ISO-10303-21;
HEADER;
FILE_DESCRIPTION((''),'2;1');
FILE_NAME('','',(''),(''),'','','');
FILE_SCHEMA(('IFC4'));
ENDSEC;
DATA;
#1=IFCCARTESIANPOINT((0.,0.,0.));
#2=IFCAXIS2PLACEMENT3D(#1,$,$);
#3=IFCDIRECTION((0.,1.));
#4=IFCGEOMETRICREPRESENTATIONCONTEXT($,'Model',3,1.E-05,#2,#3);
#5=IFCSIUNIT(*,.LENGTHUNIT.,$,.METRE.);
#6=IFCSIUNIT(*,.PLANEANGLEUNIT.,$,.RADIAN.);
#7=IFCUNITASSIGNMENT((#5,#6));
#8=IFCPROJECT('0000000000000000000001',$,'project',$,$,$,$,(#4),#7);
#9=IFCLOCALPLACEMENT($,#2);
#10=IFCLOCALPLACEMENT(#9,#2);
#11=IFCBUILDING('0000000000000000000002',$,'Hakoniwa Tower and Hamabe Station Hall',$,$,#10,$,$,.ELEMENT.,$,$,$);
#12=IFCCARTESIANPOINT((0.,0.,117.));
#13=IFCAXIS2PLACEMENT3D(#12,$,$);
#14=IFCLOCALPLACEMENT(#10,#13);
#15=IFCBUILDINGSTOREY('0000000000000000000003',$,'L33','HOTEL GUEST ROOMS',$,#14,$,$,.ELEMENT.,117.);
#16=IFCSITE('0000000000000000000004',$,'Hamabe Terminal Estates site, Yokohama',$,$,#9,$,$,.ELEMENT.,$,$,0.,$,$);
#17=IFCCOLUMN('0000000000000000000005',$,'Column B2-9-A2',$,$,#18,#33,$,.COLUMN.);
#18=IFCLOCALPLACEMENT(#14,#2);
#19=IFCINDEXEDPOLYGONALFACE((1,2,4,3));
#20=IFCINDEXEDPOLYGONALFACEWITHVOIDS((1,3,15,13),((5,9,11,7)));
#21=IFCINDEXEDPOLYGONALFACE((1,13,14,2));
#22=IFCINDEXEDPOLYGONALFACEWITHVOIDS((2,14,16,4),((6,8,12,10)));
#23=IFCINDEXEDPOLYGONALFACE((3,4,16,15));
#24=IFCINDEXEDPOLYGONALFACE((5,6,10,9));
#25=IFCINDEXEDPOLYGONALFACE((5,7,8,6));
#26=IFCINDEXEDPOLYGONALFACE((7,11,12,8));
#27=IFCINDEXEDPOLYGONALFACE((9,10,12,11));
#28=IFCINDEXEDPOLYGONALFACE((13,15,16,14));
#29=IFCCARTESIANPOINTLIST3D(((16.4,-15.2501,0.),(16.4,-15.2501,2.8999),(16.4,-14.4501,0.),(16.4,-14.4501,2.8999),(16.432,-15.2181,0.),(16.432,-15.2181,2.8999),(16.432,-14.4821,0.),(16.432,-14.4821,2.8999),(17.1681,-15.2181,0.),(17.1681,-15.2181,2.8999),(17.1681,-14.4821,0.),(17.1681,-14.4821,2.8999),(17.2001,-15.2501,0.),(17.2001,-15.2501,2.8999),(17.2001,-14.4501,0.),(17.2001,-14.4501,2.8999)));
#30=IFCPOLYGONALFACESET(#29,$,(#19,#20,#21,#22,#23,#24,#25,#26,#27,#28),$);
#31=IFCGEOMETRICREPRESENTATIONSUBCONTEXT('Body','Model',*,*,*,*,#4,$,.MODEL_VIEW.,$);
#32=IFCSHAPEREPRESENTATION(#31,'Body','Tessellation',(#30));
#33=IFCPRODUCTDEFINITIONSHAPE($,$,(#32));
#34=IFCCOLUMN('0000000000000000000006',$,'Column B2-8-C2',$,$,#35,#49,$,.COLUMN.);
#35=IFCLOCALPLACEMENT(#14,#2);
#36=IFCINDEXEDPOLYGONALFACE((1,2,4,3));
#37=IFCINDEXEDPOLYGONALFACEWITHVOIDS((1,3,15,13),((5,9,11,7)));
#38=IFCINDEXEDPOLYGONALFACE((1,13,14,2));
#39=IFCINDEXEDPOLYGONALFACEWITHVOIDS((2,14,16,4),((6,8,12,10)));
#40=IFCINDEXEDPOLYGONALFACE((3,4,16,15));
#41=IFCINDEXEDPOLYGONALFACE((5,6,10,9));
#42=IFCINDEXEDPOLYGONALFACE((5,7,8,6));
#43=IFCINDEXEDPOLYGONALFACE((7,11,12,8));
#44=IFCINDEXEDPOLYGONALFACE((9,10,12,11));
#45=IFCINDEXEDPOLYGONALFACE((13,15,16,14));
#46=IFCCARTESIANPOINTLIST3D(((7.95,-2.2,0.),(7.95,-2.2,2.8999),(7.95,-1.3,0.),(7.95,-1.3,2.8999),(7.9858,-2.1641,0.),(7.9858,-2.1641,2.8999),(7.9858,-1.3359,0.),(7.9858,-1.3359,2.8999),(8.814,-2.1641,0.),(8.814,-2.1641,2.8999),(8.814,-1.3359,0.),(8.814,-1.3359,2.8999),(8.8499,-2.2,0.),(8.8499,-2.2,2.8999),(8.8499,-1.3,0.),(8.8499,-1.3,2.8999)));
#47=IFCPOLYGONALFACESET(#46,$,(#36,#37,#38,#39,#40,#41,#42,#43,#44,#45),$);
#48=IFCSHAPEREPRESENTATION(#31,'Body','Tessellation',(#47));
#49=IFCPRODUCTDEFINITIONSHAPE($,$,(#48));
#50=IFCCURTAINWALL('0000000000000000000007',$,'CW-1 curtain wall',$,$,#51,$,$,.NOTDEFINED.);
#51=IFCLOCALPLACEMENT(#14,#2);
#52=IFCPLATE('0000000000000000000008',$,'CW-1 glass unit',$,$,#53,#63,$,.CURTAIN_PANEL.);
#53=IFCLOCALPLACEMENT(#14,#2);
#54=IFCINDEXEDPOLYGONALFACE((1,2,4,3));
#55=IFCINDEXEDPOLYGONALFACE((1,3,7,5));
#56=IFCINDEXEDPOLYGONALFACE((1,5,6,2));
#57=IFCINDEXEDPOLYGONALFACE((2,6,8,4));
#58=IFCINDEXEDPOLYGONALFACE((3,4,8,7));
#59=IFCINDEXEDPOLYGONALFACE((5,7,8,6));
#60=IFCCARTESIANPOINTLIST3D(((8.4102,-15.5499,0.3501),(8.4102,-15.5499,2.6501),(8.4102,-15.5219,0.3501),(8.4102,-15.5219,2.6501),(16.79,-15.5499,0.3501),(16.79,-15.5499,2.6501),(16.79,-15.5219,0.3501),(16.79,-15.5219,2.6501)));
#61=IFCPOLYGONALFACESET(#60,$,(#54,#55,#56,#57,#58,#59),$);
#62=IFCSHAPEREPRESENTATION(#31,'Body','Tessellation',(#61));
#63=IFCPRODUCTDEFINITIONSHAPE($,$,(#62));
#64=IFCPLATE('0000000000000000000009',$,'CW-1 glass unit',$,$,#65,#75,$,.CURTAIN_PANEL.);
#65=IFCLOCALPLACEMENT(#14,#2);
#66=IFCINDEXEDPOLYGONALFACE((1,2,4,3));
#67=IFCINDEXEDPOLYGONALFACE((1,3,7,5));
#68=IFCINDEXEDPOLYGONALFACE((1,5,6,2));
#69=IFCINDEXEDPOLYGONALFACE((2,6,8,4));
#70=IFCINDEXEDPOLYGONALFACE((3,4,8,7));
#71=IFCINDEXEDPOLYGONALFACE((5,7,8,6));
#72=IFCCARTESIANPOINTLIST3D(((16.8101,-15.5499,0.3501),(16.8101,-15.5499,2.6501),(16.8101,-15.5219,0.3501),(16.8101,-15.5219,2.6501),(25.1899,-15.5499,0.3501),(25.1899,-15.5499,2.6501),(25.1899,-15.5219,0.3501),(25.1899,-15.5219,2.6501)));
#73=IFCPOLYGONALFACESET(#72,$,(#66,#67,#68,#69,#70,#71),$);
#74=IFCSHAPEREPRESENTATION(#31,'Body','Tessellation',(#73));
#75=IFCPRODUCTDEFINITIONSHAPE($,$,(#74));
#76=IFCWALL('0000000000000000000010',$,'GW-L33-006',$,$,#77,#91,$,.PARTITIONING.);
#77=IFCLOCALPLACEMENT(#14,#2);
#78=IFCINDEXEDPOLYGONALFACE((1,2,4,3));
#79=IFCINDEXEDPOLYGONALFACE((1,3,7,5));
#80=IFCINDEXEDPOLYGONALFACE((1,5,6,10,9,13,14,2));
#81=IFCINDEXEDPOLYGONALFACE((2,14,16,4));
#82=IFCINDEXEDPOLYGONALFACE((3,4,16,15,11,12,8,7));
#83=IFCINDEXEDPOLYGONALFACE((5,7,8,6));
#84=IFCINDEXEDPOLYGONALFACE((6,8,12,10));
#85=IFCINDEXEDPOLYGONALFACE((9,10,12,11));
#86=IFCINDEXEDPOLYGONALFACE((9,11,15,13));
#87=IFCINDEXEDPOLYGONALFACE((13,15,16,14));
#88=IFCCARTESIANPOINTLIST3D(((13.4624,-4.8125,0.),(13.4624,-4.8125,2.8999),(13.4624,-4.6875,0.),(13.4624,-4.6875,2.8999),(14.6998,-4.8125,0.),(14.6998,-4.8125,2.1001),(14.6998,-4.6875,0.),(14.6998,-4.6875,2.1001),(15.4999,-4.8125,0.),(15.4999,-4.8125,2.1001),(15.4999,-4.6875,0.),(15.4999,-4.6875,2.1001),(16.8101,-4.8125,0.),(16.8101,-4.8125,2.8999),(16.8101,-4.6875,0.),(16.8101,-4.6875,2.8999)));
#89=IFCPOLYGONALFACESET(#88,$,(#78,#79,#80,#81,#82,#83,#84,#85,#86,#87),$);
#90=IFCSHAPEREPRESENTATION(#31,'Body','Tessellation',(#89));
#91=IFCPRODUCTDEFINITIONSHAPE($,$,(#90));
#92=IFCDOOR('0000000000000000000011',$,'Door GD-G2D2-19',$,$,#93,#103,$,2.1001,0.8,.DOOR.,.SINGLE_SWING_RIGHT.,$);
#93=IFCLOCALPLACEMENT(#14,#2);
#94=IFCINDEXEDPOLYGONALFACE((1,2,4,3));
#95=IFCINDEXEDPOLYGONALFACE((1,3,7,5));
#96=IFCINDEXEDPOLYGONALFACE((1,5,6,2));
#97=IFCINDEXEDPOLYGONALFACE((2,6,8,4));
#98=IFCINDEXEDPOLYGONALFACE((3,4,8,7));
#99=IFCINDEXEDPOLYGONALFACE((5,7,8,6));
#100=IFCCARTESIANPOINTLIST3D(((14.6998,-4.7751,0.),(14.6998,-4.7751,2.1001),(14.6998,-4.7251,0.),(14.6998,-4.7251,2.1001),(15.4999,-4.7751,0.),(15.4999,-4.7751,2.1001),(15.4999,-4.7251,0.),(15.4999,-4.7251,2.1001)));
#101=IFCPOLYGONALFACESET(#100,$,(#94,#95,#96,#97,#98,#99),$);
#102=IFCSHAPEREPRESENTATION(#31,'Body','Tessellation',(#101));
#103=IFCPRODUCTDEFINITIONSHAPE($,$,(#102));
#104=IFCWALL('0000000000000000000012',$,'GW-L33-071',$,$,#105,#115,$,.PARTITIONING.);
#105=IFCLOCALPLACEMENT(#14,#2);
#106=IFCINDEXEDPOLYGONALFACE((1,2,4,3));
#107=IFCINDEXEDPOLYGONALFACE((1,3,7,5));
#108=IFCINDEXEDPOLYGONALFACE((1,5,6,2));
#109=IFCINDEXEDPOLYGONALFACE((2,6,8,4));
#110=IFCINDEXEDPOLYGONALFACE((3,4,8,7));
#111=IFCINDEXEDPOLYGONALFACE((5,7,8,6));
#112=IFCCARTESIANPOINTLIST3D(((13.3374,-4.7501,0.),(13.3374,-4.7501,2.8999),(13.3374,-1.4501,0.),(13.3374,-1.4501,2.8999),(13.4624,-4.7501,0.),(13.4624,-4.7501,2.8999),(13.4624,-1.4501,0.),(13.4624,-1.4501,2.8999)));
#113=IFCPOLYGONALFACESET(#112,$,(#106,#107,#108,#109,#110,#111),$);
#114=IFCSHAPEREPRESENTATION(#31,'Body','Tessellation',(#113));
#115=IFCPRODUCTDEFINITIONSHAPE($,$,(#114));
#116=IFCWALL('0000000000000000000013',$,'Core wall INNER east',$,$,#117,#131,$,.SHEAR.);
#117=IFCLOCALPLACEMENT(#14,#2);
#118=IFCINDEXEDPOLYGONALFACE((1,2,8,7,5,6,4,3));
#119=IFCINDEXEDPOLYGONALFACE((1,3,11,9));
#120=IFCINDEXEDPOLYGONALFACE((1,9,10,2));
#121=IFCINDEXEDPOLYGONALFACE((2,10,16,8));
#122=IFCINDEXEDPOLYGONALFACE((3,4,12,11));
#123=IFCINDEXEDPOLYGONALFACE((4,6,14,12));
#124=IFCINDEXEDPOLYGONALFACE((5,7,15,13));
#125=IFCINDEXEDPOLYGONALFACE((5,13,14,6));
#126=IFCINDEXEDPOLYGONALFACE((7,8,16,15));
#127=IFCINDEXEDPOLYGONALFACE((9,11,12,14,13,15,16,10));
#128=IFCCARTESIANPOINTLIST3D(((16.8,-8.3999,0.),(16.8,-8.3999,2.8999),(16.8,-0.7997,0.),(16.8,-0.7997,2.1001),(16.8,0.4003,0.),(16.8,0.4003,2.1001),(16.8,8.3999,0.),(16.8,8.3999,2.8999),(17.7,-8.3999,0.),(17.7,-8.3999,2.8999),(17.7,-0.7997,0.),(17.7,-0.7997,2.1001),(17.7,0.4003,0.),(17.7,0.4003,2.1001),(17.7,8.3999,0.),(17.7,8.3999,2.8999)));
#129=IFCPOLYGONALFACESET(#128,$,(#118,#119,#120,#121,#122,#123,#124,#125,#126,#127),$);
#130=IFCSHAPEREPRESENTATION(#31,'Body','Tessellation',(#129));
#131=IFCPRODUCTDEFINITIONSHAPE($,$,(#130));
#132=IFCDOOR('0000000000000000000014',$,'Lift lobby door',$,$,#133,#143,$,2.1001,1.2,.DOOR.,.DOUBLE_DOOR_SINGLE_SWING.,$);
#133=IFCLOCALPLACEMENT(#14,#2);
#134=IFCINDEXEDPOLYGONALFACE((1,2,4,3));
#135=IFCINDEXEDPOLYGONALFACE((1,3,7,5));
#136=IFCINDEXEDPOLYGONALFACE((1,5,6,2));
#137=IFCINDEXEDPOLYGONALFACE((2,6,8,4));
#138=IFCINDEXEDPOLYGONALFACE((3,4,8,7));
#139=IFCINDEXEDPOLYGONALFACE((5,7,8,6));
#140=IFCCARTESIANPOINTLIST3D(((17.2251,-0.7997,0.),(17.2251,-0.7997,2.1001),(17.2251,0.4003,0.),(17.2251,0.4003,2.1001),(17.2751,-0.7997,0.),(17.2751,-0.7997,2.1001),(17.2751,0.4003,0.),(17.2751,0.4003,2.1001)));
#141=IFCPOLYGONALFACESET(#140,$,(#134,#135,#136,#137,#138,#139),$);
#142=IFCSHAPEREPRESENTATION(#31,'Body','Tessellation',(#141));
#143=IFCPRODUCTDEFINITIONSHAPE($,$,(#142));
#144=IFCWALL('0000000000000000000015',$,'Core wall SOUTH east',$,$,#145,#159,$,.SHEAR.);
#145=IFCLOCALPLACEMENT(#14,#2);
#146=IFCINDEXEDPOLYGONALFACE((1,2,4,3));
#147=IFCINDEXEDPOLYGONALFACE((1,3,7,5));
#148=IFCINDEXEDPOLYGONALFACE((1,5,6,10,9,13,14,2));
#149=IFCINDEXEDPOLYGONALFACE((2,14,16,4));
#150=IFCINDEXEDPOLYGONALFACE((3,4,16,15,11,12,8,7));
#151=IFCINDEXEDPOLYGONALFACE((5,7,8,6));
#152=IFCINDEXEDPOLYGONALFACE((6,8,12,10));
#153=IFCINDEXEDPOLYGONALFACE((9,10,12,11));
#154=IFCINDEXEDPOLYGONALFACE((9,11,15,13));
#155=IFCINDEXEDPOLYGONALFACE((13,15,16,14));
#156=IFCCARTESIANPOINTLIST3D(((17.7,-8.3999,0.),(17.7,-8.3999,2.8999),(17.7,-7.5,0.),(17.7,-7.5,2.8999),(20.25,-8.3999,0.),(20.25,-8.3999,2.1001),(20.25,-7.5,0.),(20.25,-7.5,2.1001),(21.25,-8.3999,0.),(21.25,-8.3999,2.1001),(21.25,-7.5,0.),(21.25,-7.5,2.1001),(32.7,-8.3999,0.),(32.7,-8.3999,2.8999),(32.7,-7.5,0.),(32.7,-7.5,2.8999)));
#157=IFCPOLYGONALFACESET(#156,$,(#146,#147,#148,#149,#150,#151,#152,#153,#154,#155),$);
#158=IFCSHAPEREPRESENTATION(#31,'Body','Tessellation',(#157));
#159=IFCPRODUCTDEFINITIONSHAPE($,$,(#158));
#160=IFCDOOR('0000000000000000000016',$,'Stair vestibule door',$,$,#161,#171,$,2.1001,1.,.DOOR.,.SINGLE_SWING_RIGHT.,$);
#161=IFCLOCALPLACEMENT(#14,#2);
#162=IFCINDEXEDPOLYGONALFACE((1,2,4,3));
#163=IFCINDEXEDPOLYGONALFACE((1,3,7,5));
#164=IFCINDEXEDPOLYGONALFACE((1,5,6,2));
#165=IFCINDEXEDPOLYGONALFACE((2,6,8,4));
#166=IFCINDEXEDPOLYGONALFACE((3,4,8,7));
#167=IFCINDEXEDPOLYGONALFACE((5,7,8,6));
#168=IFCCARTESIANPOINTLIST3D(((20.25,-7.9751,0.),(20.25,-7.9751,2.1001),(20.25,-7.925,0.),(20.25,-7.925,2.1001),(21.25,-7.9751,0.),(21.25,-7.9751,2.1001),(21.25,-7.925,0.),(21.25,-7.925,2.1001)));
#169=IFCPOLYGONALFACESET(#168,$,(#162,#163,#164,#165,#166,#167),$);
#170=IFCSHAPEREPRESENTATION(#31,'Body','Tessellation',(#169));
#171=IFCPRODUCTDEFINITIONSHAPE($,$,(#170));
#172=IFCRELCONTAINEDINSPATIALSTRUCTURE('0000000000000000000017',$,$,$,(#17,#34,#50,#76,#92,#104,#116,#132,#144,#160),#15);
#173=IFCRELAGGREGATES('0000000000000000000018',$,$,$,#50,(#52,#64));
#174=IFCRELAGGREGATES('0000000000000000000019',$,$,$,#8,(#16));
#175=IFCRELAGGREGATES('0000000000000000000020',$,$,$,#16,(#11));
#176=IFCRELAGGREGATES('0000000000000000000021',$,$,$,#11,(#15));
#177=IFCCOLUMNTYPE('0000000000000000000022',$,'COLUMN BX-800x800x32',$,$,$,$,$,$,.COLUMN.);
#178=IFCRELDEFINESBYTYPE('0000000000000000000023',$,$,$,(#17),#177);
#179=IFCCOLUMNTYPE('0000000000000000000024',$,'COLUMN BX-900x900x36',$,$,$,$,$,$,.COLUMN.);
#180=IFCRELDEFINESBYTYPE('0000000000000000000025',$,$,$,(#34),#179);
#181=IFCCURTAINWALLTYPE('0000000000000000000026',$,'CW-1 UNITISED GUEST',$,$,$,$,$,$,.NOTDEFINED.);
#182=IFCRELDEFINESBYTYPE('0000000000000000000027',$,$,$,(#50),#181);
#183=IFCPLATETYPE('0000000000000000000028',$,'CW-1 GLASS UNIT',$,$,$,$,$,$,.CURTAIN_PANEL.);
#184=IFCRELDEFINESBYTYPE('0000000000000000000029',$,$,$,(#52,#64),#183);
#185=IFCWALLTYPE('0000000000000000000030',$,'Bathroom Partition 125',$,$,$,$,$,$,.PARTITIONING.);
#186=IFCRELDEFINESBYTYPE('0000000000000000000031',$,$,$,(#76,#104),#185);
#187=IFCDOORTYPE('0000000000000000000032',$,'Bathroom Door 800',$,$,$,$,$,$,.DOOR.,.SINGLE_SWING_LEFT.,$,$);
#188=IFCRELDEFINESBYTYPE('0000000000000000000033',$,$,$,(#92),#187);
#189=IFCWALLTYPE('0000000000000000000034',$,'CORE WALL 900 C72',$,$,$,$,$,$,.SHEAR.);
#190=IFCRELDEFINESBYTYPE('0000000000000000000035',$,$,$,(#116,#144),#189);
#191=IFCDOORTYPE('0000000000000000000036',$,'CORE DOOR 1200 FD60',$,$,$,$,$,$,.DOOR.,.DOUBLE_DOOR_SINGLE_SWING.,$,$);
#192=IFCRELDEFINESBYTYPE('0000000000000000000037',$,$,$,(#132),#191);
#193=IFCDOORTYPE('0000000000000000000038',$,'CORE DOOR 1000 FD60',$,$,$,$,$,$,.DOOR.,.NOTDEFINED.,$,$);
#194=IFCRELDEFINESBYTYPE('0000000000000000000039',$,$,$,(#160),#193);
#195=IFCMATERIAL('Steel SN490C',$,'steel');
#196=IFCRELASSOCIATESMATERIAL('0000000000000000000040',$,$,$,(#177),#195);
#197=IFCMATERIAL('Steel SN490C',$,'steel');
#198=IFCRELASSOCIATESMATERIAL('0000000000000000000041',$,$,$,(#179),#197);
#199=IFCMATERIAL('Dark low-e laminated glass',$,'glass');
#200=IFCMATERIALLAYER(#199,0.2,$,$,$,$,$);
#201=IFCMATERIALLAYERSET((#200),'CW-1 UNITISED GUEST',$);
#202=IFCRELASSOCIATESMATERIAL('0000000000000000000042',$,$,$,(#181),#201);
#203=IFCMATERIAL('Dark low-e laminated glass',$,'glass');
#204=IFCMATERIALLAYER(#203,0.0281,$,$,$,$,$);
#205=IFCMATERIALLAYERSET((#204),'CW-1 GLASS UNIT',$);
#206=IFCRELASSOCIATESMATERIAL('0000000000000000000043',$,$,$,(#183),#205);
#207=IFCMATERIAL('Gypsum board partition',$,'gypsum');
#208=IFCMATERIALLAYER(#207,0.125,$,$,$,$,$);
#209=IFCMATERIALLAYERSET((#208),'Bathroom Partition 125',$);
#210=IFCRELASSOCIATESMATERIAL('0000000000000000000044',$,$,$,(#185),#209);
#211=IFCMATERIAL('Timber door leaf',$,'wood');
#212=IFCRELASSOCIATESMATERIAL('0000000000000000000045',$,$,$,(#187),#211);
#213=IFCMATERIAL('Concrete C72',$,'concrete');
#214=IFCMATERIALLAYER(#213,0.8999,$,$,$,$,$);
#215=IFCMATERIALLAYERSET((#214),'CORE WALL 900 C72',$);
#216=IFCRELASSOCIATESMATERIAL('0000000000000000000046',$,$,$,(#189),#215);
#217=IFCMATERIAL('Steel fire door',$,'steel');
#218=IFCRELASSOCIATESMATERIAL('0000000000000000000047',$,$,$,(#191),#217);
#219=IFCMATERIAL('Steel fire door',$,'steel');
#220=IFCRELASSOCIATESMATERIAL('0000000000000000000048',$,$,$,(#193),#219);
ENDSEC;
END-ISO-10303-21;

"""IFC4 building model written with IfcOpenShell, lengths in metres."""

from ifc_helpers import new_model, si_unit, direction, frame, frame_2d, origin, origin_2d, place, context, subcontext, project, spatial, rectangle, hollow_rectangle, extrude, material, layer, layer_set, material_profile, profile_set, type_object, element, fill, aggregate, save


model = new_model("IFC4")

# Units and contexts
model_context = context("Model", 3, precision=1e-05, world=origin(), true_north=direction((0.0, 1.0)))
body_context = subcontext(model_context, "Body", "Model", "MODEL_VIEW")
ifc_project = project(units=[si_unit("LENGTHUNIT", "METRE"), si_unit("PLANEANGLEUNIT", "RADIAN")], contexts=[model_context])

# Site, building, storey
site_placement = place(None, origin())
site = spatial("IfcSite", under=ifc_project, at=site_placement, Name="Hamabe Terminal Estates site, Yokohama", CompositionType="ELEMENT", RefElevation=0.0)
building_placement = place(site_placement, origin())
building = spatial("IfcBuilding", under=site, at=building_placement, Name="Hakoniwa Tower and Hamabe Station Hall", CompositionType="ELEMENT")
storey_placement = place(building_placement, frame((0.0, 0.0, 117.0)))
storey = spatial("IfcBuildingStorey", under=building, at=storey_placement, Name="L33", Description="HOTEL GUEST ROOMS", CompositionType="ELEMENT", Elevation=117.0)

# Columns
ifc_material_1 = material(Name="Steel SN490C", Category="steel")
ifc_material_profile_1 = material_profile(ifc_material_1, hollow_rectangle(XDim=0.8, YDim=0.8, WallThickness=0.032, at=origin_2d()), Name="BX-800x800x32")
ifc_profile_set_1 = profile_set([ifc_material_profile_1], Name="Steel SN490C")
column_type_1 = type_object("IfcColumnType", Name="COLUMN BX-800x800x32", PredefinedType="COLUMN", material=ifc_profile_set_1)
column_1_placement = place(storey_placement, frame((16.8, -14.8501, 0.0), z_axis=(0.0, 0.0, 1.0), x_axis=(1.0, 0.0, 0.0)))
element("IfcColumn", 1, at=column_1_placement, inside=storey, type_object=column_type_1, Name="Column B2-9-A2", PredefinedType="COLUMN", context=body_context, shape_type="SweptSolid", body=[
    extrude(hollow_rectangle(XDim=0.8, YDim=0.8, WallThickness=0.032, at=origin_2d()), origin(), (0.0, 0.0, 1.0), 2.8999),
])
ifc_material_2 = material(Name="Steel SN490C", Category="steel")
ifc_material_profile_2 = material_profile(ifc_material_2, hollow_rectangle(XDim=0.8999, YDim=0.8999, WallThickness=0.0359, at=origin_2d()), Name="BX-900x900x36")
ifc_profile_set_2 = profile_set([ifc_material_profile_2], Name="Steel SN490C")
column_type_2 = type_object("IfcColumnType", Name="COLUMN BX-900x900x36", PredefinedType="COLUMN", material=ifc_profile_set_2)
column_2_placement = place(storey_placement, frame((8.3999, -1.75, 0.0), z_axis=(0.0, 0.0, 1.0), x_axis=(1.0, 0.0, 0.0)))
element("IfcColumn", 2, at=column_2_placement, inside=storey, type_object=column_type_2, Name="Column B2-8-C2", PredefinedType="COLUMN", context=body_context, shape_type="SweptSolid", body=[
    extrude(hollow_rectangle(XDim=0.8999, YDim=0.8999, WallThickness=0.0359, at=origin_2d()), origin(), (0.0, 0.0, 1.0), 2.8999),
])

# Curtain wall, plates
ifc_material_3 = material(Name="Dark low-e laminated glass", Category="glass")
ifc_layer_1 = layer(ifc_material_3, 0.2)
ifc_layer_set_1 = layer_set([ifc_layer_1], Name="CW-1 UNITISED GUEST")
curtain_wall_type = type_object("IfcCurtainWallType", Name="CW-1 UNITISED GUEST", PredefinedType="NOTDEFINED", material=ifc_layer_set_1)
curtain_wall_placement = place(storey_placement, origin())
curtain_wall = element("IfcCurtainWall", 3, at=curtain_wall_placement, inside=storey, type_object=curtain_wall_type, Name="CW-1 curtain wall", PredefinedType="NOTDEFINED")
ifc_material_4 = material(Name="Dark low-e laminated glass", Category="glass")
ifc_layer_2 = layer(ifc_material_4, 0.0281)
ifc_layer_set_2 = layer_set([ifc_layer_2], Name="CW-1 GLASS UNIT")
plate_type = type_object("IfcPlateType", Name="CW-1 GLASS UNIT", PredefinedType="CURTAIN_PANEL", material=ifc_layer_set_2)
plate_1_placement = place(storey_placement, frame((12.6001, -15.5359, 0.3501), z_axis=(0.0, 0.0, 1.0), x_axis=(1.0, 0.0, 0.0)))
plate_1 = element("IfcPlate", 4, at=plate_1_placement, type_object=plate_type, Name="CW-1 glass unit", PredefinedType="CURTAIN_PANEL", context=body_context, shape_type="SweptSolid", body=[
    extrude(rectangle(XDim=8.3799, YDim=0.0281, at=origin_2d()), origin(), (0.0, 0.0, 1.0), 2.3),
])
plate_2_placement = place(storey_placement, frame((21.0, -15.5359, 0.3501), z_axis=(0.0, 0.0, 1.0), x_axis=(1.0, 0.0, 0.0)))
plate_2 = element("IfcPlate", 5, at=plate_2_placement, type_object=plate_type, Name="CW-1 glass unit", PredefinedType="CURTAIN_PANEL", context=body_context, shape_type="SweptSolid", body=[
    extrude(rectangle(XDim=8.3799, YDim=0.0281, at=origin_2d()), origin(), (0.0, 0.0, 1.0), 2.3),
])
aggregate(curtain_wall, [plate_1, plate_2])

# Wall, opening, door
ifc_material_5 = material(Name="Gypsum board partition", Category="gypsum")
ifc_layer_3 = layer(ifc_material_5, 0.125)
ifc_layer_set_3 = layer_set([ifc_layer_3], Name="Bathroom Partition 125")
wall_type_1 = type_object("IfcWallType", Name="Bathroom Partition 125", PredefinedType="PARTITIONING", material=ifc_layer_set_3)
wall_1_placement = place(storey_placement, frame((13.4624, -4.75, 0.0), z_axis=(0.0, 0.0, 1.0), x_axis=(1.0, 0.0, 0.0)))
wall_1 = element("IfcWall", 6, at=wall_1_placement, inside=storey, type_object=wall_type_1, Name="GW-L33-006", PredefinedType="PARTITIONING", context=body_context, shape_type="SweptSolid", body=[
    extrude(rectangle(XDim=3.3477, YDim=0.125, at=frame_2d((1.6738, 0.0))), origin(), (0.0, 0.0, 1.0), 2.8999),
])
opening_1_placement = place(wall_1_placement, frame((1.2375, 0.0, 0.0)))
opening_1 = element("IfcOpeningElement", 7, at=opening_1_placement, cuts=wall_1, PredefinedType="OPENING", context=body_context, shape_type="SweptSolid", body=[
    extrude(rectangle(XDim=0.8, YDim=2.1001, at=frame_2d((0.3999, 1.05))), frame((0.0, 0.0725, 0.0), z_axis=(0.0, -1.0, 0.0), x_axis=(1.0, 0.0, 0.0)), (0.0, 0.0, 1.0), 0.145),
])
ifc_material_6 = material(Name="Timber door leaf", Category="wood")
door_type_1 = type_object("IfcDoorType", Name="Bathroom Door 800", OperationType="SINGLE_SWING_LEFT", PredefinedType="DOOR", material=ifc_material_6)
door_1_placement = place(opening_1_placement, origin())
door_1 = element("IfcDoor", 8, at=door_1_placement, inside=storey, type_object=door_type_1, Name="Door GD-G2D2-19", OperationType="SINGLE_SWING_RIGHT", OverallHeight=2.1001, OverallWidth=0.8, PredefinedType="DOOR", context=body_context, shape_type="SweptSolid", body=[
    extrude(rectangle(XDim=0.8, YDim=2.1001, at=frame_2d((0.3999, 1.05))), frame((0.0, 0.0249, 0.0), z_axis=(0.0, -1.0, 0.0), x_axis=(1.0, 0.0, 0.0)), (0.0, 0.0, 1.0), 0.05),
])
fill(opening_1, door_1)

# Wall
wall_2_placement = place(storey_placement, frame((13.3999, -4.75, 0.0), z_axis=(0.0, 0.0, 1.0), x_axis=(0.0, 1.0, 0.0)))
element("IfcWall", 9, at=wall_2_placement, inside=storey, type_object=wall_type_1, Name="GW-L33-071", PredefinedType="PARTITIONING", context=body_context, shape_type="SweptSolid", body=[
    extrude(rectangle(XDim=3.3, YDim=0.125, at=frame_2d((1.6499, 0.0))), origin(), (0.0, 0.0, 1.0), 2.8999),
])

# Walls, openings, doors
ifc_material_7 = material(Name="Concrete C72", Category="concrete")
ifc_layer_4 = layer(ifc_material_7, 0.8999)
ifc_layer_set_4 = layer_set([ifc_layer_4], Name="CORE WALL 900 C72")
wall_type_2 = type_object("IfcWallType", Name="CORE WALL 900 C72", PredefinedType="SHEAR", material=ifc_layer_set_4)
wall_3_placement = place(storey_placement, frame((17.25, -8.3999, 0.0), z_axis=(0.0, 0.0, 1.0), x_axis=(0.0, 1.0, 0.0)))
wall_3 = element("IfcWall", 10, at=wall_3_placement, inside=storey, type_object=wall_type_2, Name="Core wall INNER east", PredefinedType="SHEAR", context=body_context, shape_type="SweptSolid", body=[
    extrude(rectangle(XDim=16.7998, YDim=0.8999, at=frame_2d((8.3999, 0.0))), origin(), (0.0, 0.0, 1.0), 2.8999),
])
opening_2_placement = place(wall_3_placement, frame((7.6001, 0.0, 0.0)))
opening_2 = element("IfcOpeningElement", 11, at=opening_2_placement, cuts=wall_3, PredefinedType="OPENING", context=body_context, shape_type="SweptSolid", body=[
    extrude(rectangle(XDim=1.2, YDim=2.1001, at=frame_2d((0.6001, 1.05))), frame((0.0, 0.46, 0.0), z_axis=(0.0, -1.0, 0.0), x_axis=(1.0, 0.0, 0.0)), (0.0, 0.0, 1.0), 0.9199),
])
ifc_material_8 = material(Name="Steel fire door", Category="steel")
door_type_2 = type_object("IfcDoorType", Name="CORE DOOR 1200 FD60", OperationType="DOUBLE_DOOR_SINGLE_SWING", PredefinedType="DOOR", material=ifc_material_8)
door_2_placement = place(opening_2_placement, origin())
door_2 = element("IfcDoor", 12, at=door_2_placement, inside=storey, type_object=door_type_2, Name="Lift lobby door", OperationType="DOUBLE_DOOR_SINGLE_SWING", OverallHeight=2.1001, OverallWidth=1.2, PredefinedType="DOOR", context=body_context, shape_type="SweptSolid", body=[
    extrude(rectangle(XDim=1.2, YDim=2.1001, at=frame_2d((0.6001, 1.05))), frame((0.0, 0.0249, 0.0), z_axis=(0.0, -1.0, 0.0), x_axis=(1.0, 0.0, 0.0)), (0.0, 0.0, 1.0), 0.05),
])
fill(opening_2, door_2)
wall_4_placement = place(storey_placement, frame((17.7, -7.95, 0.0), z_axis=(0.0, 0.0, 1.0), x_axis=(1.0, 0.0, 0.0)))
wall_4 = element("IfcWall", 13, at=wall_4_placement, inside=storey, type_object=wall_type_2, Name="Core wall SOUTH east", PredefinedType="SHEAR", context=body_context, shape_type="SweptSolid", body=[
    extrude(rectangle(XDim=15.0, YDim=0.8999, at=frame_2d((7.5, 0.0))), origin(), (0.0, 0.0, 1.0), 2.8999),
])
opening_3_placement = place(wall_4_placement, frame((2.55, 0.0, 0.0)))
opening_3 = element("IfcOpeningElement", 14, at=opening_3_placement, cuts=wall_4, PredefinedType="OPENING", context=body_context, shape_type="SweptSolid", body=[
    extrude(rectangle(XDim=1.0, YDim=2.1001, at=frame_2d((0.5, 1.05))), frame((0.0, 0.46, 0.0), z_axis=(0.0, -1.0, 0.0), x_axis=(1.0, 0.0, 0.0)), (0.0, 0.0, 1.0), 0.9199),
])
ifc_material_9 = material(Name="Steel fire door", Category="steel")
door_type_3 = type_object("IfcDoorType", Name="CORE DOOR 1000 FD60", OperationType="NOTDEFINED", PredefinedType="DOOR", material=ifc_material_9)
door_3_placement = place(opening_3_placement, origin())
door_3 = element("IfcDoor", 15, at=door_3_placement, inside=storey, type_object=door_type_3, Name="Stair vestibule door", OperationType="SINGLE_SWING_RIGHT", OverallHeight=2.1001, OverallWidth=1.0, PredefinedType="DOOR", context=body_context, shape_type="SweptSolid", body=[
    extrude(rectangle(XDim=1.0, YDim=2.1001, at=frame_2d((0.5, 1.05))), frame((0.0, 0.0249, 0.0), z_axis=(0.0, -1.0, 0.0), x_axis=(1.0, 0.0, 0.0)), (0.0, 0.0, 1.0), 0.05),
])
fill(opening_3, door_3)

save(model, "model.ifc")
